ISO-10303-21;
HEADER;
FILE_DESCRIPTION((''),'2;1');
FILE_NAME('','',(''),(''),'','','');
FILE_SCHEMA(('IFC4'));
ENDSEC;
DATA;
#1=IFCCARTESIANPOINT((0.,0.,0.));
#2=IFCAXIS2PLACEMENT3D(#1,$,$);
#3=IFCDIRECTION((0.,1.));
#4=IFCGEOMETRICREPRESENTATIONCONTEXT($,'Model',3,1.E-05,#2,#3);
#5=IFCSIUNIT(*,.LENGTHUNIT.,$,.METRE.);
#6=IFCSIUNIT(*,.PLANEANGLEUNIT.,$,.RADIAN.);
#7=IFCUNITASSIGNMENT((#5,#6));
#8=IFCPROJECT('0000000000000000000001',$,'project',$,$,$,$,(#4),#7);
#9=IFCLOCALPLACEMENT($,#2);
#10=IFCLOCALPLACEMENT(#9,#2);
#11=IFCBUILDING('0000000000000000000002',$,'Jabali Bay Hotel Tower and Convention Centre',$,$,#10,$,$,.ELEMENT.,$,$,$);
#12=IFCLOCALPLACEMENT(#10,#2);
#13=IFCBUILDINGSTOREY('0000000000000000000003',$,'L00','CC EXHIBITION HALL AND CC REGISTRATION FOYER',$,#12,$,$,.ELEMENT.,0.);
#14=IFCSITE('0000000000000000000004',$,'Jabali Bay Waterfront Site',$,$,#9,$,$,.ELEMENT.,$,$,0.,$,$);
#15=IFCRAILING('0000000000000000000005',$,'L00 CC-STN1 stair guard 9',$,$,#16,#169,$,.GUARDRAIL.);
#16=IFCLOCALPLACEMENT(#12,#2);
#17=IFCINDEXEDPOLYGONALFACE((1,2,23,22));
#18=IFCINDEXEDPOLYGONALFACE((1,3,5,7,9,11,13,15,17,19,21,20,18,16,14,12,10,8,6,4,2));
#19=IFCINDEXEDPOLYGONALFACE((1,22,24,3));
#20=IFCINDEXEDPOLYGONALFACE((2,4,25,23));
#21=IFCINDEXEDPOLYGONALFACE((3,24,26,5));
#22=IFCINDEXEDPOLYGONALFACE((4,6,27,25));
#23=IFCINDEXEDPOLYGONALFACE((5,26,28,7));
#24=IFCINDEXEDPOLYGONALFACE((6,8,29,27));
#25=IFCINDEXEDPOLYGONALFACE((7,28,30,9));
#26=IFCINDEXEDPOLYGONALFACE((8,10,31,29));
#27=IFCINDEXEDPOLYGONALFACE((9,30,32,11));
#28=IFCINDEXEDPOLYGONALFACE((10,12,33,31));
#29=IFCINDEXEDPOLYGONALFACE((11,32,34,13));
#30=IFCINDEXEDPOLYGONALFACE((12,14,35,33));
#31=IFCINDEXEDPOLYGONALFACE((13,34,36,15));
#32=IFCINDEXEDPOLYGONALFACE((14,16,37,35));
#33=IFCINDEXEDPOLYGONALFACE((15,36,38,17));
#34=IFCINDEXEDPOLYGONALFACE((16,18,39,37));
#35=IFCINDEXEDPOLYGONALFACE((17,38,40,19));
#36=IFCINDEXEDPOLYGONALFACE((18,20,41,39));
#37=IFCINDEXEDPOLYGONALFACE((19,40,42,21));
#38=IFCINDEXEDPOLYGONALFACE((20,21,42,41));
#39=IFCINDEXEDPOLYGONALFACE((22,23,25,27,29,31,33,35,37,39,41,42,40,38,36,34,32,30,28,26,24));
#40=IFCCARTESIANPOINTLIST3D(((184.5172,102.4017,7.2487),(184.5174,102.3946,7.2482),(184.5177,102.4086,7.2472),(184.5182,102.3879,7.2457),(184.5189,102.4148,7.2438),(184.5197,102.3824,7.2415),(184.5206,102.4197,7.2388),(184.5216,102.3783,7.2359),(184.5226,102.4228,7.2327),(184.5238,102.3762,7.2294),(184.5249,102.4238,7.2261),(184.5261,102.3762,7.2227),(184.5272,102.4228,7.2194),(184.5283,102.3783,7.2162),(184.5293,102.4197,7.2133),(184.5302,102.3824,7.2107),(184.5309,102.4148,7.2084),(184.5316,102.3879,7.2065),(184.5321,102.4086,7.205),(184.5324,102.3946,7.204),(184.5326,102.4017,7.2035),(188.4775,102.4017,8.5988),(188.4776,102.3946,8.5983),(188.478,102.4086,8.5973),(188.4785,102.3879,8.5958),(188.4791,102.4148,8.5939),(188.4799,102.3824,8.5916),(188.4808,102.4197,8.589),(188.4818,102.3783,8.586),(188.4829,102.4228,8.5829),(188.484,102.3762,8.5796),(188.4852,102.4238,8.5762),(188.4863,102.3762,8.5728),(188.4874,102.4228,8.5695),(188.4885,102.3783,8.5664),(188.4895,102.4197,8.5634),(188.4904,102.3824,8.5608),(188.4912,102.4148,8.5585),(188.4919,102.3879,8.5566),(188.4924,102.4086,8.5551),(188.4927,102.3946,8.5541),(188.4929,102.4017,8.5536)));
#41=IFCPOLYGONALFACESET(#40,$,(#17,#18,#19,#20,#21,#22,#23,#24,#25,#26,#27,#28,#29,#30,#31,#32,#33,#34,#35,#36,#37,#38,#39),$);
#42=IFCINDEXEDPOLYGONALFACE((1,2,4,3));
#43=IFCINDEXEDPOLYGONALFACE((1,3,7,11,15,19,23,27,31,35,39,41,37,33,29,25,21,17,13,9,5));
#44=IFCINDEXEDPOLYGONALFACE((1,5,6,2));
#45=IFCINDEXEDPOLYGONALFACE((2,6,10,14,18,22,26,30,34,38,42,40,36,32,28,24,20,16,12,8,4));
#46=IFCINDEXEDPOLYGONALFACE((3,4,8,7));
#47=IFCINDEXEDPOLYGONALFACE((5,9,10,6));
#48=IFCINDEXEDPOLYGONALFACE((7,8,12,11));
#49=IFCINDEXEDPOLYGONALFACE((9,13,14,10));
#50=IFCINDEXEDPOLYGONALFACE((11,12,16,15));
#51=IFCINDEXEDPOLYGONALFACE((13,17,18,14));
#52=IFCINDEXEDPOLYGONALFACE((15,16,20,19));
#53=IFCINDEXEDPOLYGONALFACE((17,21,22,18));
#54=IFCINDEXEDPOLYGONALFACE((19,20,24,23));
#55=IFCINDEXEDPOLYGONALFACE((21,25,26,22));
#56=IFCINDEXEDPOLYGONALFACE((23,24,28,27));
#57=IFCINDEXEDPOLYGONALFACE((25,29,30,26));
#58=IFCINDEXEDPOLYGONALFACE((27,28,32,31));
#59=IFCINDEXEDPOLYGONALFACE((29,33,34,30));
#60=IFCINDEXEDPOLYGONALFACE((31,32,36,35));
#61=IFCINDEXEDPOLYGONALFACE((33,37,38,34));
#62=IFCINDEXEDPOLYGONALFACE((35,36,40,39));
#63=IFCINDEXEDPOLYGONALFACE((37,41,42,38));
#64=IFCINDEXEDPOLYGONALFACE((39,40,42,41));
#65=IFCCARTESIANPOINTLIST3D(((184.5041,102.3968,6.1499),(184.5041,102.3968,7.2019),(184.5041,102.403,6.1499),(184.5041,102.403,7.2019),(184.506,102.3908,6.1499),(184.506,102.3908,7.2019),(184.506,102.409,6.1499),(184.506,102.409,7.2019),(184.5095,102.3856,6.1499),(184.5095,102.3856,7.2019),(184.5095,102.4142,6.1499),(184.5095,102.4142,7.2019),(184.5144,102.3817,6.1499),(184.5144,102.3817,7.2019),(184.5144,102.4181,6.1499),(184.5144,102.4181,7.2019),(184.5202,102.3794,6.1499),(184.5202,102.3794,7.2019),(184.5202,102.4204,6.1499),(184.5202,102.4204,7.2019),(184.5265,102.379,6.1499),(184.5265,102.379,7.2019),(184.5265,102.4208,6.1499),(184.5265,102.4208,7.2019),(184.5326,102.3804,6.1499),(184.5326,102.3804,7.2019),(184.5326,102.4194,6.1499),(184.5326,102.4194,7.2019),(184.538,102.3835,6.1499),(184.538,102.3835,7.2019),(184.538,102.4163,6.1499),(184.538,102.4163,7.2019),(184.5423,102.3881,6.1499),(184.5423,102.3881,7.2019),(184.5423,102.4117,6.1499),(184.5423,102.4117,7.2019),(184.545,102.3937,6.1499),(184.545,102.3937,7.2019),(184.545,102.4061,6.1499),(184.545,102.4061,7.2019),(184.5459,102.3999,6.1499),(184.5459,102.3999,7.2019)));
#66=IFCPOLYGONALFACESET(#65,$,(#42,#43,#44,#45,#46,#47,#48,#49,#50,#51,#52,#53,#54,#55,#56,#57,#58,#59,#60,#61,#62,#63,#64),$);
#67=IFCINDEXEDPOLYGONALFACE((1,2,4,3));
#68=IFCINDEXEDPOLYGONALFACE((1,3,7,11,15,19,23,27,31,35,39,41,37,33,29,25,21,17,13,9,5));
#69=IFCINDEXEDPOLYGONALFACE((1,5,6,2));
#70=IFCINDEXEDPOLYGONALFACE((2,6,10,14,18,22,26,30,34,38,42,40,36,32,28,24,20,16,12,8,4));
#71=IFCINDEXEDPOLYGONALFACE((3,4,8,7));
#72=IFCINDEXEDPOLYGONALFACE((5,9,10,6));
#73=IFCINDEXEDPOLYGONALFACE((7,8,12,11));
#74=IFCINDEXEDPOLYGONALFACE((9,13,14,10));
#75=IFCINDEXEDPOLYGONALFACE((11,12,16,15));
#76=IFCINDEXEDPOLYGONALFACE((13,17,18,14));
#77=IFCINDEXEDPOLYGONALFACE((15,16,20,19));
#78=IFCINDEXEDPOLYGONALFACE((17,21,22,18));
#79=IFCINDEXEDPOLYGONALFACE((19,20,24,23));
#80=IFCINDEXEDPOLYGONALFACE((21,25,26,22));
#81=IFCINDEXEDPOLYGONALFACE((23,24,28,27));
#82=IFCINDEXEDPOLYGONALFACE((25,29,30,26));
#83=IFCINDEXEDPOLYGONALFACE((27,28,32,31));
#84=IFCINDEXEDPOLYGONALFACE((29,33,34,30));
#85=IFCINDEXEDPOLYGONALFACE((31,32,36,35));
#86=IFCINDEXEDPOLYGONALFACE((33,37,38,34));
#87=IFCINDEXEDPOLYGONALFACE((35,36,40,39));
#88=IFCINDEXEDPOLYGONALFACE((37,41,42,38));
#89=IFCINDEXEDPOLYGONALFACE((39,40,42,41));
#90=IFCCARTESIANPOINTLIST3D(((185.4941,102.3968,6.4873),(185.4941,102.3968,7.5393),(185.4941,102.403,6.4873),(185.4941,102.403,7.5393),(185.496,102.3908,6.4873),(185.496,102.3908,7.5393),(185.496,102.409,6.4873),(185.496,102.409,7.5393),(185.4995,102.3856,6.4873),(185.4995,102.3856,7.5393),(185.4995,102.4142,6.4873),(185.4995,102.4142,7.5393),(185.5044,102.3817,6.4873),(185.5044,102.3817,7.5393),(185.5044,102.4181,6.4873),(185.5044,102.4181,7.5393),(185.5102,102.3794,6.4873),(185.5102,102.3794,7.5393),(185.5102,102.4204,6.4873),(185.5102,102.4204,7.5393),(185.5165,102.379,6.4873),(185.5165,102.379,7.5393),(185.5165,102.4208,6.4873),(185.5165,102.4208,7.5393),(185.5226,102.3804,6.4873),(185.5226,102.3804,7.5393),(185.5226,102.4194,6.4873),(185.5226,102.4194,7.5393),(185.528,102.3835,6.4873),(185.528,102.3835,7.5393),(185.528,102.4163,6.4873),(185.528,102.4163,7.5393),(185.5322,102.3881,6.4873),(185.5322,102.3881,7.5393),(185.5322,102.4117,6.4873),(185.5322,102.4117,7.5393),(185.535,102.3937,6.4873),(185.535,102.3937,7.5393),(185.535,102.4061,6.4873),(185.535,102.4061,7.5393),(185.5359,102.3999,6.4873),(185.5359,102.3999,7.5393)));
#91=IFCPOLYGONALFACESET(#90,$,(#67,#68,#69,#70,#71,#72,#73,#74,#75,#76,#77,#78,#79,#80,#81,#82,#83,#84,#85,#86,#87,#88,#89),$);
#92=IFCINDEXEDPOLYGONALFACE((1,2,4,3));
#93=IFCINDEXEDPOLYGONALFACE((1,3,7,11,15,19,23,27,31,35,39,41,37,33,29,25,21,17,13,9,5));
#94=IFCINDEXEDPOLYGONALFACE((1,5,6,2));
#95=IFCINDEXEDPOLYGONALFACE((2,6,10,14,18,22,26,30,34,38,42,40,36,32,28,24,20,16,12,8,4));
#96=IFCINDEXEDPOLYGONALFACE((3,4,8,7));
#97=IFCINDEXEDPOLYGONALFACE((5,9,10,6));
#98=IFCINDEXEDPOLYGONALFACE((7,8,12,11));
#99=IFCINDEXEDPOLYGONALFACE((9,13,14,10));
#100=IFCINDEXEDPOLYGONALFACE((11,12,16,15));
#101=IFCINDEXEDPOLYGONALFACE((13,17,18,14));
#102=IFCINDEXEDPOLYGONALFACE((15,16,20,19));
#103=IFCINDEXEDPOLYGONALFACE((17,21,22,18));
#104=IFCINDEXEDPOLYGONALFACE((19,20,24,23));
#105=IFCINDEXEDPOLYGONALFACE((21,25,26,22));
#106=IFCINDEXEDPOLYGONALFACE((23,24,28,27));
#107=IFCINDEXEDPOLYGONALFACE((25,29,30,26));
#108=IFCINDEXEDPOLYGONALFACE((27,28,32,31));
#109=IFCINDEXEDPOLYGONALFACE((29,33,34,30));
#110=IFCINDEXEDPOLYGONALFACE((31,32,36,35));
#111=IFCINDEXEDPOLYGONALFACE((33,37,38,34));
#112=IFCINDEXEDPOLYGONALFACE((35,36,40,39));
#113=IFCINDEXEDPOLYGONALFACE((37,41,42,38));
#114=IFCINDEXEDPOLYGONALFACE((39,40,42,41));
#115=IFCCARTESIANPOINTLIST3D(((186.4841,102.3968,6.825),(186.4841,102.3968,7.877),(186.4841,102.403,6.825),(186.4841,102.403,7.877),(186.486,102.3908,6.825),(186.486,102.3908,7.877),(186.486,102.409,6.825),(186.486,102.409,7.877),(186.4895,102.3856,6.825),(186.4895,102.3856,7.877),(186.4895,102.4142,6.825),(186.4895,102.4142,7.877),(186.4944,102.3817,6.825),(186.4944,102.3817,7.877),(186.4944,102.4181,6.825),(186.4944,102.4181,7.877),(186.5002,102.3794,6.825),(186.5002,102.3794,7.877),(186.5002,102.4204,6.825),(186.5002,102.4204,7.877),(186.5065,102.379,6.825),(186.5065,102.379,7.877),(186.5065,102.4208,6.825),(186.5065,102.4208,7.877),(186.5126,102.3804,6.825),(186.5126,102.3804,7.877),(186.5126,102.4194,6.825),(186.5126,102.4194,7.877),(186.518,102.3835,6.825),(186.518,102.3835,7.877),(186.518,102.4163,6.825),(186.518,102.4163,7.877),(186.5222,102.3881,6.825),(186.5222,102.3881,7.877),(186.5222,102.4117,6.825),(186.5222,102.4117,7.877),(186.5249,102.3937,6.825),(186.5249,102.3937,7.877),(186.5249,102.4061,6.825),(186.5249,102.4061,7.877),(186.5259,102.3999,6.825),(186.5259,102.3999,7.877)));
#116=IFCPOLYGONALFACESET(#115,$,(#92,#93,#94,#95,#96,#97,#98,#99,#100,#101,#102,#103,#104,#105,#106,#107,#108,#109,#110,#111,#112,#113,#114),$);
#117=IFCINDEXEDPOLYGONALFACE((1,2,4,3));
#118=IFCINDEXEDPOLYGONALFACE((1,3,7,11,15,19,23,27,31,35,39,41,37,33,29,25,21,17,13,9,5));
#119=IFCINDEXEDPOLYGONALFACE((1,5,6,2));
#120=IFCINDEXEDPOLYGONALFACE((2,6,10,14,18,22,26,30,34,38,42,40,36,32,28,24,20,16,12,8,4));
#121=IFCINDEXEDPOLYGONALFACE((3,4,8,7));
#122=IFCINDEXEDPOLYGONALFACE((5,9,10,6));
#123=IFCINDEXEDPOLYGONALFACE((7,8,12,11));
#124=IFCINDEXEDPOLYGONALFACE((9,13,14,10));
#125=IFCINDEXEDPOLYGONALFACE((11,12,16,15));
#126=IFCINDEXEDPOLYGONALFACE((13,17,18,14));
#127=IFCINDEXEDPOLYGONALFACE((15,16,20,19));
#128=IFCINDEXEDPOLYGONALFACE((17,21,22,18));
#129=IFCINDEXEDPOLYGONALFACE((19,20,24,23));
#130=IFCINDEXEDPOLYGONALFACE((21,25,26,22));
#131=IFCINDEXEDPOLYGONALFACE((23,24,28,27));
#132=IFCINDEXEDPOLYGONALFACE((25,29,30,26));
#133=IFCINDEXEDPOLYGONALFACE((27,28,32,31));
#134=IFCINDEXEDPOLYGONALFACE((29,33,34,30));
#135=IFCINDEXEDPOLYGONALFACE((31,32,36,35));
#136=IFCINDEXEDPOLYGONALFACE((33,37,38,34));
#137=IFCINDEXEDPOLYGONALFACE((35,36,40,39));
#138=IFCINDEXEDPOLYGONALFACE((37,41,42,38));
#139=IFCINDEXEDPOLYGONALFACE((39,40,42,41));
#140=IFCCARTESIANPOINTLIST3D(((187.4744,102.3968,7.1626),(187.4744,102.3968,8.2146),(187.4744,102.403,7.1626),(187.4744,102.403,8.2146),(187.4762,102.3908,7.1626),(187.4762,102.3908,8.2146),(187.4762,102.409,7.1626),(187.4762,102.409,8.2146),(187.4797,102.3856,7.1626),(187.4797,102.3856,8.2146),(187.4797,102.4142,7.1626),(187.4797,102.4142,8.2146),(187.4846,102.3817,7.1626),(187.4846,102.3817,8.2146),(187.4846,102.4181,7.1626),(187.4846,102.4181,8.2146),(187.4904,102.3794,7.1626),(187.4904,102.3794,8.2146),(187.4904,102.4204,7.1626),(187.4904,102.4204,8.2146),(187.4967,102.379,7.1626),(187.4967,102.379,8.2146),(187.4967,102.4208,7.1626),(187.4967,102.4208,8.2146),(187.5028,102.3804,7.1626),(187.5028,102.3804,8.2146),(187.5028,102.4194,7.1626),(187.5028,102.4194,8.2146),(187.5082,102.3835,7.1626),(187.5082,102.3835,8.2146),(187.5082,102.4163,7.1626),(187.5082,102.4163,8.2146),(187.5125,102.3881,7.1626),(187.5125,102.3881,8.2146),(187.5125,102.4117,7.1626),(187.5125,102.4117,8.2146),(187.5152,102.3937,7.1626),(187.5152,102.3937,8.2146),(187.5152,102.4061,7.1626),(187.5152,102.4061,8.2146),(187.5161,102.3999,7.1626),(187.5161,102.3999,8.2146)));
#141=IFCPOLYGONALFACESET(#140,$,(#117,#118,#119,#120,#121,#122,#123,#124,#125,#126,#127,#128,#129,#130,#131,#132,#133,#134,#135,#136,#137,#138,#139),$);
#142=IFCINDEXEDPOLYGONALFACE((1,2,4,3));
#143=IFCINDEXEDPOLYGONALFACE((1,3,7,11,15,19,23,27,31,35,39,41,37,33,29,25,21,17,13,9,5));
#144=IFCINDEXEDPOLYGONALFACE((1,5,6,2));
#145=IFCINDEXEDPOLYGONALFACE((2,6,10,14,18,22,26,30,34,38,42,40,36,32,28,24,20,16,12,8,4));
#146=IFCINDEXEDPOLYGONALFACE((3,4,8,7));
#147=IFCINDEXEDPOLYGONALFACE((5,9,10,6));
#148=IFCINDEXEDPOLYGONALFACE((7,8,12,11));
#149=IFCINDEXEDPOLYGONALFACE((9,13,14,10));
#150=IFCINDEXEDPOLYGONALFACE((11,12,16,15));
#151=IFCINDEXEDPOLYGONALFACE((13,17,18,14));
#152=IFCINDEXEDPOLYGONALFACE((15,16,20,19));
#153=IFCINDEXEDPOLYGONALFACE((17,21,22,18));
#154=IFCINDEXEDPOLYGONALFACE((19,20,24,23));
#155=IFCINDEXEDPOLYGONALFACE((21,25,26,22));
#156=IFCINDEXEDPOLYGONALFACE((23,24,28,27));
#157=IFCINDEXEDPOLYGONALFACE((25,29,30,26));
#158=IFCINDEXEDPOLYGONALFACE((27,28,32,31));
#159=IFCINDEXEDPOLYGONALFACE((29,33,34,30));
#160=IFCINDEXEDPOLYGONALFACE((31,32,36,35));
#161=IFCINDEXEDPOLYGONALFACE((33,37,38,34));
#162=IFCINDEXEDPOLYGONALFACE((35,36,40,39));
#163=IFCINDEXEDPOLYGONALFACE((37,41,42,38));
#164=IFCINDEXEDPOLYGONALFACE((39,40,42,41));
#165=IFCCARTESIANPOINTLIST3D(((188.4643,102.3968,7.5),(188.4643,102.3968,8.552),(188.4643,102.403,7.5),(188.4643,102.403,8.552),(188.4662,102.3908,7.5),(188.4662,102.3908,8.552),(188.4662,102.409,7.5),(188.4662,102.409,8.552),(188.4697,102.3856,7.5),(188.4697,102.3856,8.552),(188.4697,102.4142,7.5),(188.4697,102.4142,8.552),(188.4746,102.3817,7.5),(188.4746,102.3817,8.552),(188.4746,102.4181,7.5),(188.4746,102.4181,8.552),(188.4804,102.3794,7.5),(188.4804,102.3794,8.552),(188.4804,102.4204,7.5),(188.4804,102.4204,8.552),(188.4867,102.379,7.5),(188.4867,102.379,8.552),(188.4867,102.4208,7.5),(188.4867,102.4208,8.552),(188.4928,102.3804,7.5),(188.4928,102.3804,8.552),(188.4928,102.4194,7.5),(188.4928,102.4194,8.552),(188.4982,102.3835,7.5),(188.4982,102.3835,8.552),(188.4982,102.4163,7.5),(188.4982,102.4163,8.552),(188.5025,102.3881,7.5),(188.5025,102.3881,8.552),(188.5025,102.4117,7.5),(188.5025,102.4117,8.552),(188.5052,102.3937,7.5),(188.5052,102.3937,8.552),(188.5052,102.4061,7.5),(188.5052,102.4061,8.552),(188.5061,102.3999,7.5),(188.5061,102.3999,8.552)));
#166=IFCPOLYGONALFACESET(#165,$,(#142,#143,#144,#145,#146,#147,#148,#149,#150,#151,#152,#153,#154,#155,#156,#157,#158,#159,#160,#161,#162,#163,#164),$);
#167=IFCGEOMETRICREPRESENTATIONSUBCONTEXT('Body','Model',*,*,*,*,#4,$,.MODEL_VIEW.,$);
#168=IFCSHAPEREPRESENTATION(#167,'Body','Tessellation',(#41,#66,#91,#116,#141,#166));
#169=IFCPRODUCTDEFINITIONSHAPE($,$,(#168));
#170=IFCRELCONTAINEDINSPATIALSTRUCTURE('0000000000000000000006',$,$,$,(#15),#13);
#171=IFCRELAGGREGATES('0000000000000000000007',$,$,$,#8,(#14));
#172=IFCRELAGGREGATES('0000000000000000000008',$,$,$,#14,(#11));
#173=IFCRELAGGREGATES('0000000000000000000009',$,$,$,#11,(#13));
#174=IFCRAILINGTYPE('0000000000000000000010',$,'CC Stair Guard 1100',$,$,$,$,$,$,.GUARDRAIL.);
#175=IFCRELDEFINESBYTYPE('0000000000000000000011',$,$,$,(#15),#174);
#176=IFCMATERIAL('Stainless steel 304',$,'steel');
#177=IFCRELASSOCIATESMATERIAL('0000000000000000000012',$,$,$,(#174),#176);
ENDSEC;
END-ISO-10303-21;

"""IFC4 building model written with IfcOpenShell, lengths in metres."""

from ifc_helpers import new_model, si_unit, direction, frame, origin, origin_2d, place, context, subcontext, project, spatial, circle, extrude, material, type_object, element, save


model = new_model("IFC4")

# Units and contexts
model_context = context("Model", 3, precision=1e-05, world=origin(), true_north=direction((0.0, 1.0)))
body_context = subcontext(model_context, "Body", "Model", "MODEL_VIEW")
ifc_project = project(units=[si_unit("LENGTHUNIT", "METRE"), si_unit("PLANEANGLEUNIT", "RADIAN")], contexts=[model_context])

# Site, building, storey
site_placement = place(None, origin())
site = spatial("IfcSite", under=ifc_project, at=site_placement, Name="Jabali Bay Waterfront Site", CompositionType="ELEMENT", RefElevation=0.0)
building_placement = place(site_placement, origin())
building = spatial("IfcBuilding", under=site, at=building_placement, Name="Jabali Bay Hotel Tower and Convention Centre", CompositionType="ELEMENT")
storey_placement = place(building_placement, origin())
storey = spatial("IfcBuildingStorey", under=building, at=storey_placement, Name="L00", Description="CC EXHIBITION HALL AND CC REGISTRATION FOYER", CompositionType="ELEMENT", Elevation=0.0)

# Railing
ifc_material_1 = material(Name="Stainless steel 304", Category="steel")
railing_type = type_object("IfcRailingType", Name="CC Stair Guard 1100", PredefinedType="GUARDRAIL", material=ifc_material_1)
railing_1_placement = place(storey_placement, frame((184.5249, 102.3999, 6.1499)))
element("IfcRailing", 1, at=railing_1_placement, inside=storey, type_object=railing_type, Name="L00 CC-STN1 stair guard 9", PredefinedType="GUARDRAIL", context=body_context, shape_type="SweptSolid", body=[
    extrude(circle(Radius=0.0239, at=origin_2d()), frame((0.0, 0.0, 1.0762), z_axis=(0.946508, 0.0, 0.32268), x_axis=(0.0, 1.0, 0.0)), (0.0, 0.0, 1.0), 4.1841),
    extrude(circle(Radius=0.021, at=origin_2d()), origin(), (0.0, 0.0, 1.0), 1.052),
    extrude(circle(Radius=0.021, at=origin_2d()), frame((0.99, 0.0, 0.3374)), (0.0, 0.0, 1.0), 1.052),
    extrude(circle(Radius=0.021, at=origin_2d()), frame((1.98, 0.0, 0.675)), (0.0, 0.0, 1.0), 1.052),
    extrude(circle(Radius=0.021, at=origin_2d()), frame((2.9702, 0.0, 1.0127)), (0.0, 0.0, 1.0), 1.052),
    extrude(circle(Radius=0.021, at=origin_2d()), frame((3.9602, 0.0, 1.3501)), (0.0, 0.0, 1.0), 1.052),
])

save(model, "model.ifc")
